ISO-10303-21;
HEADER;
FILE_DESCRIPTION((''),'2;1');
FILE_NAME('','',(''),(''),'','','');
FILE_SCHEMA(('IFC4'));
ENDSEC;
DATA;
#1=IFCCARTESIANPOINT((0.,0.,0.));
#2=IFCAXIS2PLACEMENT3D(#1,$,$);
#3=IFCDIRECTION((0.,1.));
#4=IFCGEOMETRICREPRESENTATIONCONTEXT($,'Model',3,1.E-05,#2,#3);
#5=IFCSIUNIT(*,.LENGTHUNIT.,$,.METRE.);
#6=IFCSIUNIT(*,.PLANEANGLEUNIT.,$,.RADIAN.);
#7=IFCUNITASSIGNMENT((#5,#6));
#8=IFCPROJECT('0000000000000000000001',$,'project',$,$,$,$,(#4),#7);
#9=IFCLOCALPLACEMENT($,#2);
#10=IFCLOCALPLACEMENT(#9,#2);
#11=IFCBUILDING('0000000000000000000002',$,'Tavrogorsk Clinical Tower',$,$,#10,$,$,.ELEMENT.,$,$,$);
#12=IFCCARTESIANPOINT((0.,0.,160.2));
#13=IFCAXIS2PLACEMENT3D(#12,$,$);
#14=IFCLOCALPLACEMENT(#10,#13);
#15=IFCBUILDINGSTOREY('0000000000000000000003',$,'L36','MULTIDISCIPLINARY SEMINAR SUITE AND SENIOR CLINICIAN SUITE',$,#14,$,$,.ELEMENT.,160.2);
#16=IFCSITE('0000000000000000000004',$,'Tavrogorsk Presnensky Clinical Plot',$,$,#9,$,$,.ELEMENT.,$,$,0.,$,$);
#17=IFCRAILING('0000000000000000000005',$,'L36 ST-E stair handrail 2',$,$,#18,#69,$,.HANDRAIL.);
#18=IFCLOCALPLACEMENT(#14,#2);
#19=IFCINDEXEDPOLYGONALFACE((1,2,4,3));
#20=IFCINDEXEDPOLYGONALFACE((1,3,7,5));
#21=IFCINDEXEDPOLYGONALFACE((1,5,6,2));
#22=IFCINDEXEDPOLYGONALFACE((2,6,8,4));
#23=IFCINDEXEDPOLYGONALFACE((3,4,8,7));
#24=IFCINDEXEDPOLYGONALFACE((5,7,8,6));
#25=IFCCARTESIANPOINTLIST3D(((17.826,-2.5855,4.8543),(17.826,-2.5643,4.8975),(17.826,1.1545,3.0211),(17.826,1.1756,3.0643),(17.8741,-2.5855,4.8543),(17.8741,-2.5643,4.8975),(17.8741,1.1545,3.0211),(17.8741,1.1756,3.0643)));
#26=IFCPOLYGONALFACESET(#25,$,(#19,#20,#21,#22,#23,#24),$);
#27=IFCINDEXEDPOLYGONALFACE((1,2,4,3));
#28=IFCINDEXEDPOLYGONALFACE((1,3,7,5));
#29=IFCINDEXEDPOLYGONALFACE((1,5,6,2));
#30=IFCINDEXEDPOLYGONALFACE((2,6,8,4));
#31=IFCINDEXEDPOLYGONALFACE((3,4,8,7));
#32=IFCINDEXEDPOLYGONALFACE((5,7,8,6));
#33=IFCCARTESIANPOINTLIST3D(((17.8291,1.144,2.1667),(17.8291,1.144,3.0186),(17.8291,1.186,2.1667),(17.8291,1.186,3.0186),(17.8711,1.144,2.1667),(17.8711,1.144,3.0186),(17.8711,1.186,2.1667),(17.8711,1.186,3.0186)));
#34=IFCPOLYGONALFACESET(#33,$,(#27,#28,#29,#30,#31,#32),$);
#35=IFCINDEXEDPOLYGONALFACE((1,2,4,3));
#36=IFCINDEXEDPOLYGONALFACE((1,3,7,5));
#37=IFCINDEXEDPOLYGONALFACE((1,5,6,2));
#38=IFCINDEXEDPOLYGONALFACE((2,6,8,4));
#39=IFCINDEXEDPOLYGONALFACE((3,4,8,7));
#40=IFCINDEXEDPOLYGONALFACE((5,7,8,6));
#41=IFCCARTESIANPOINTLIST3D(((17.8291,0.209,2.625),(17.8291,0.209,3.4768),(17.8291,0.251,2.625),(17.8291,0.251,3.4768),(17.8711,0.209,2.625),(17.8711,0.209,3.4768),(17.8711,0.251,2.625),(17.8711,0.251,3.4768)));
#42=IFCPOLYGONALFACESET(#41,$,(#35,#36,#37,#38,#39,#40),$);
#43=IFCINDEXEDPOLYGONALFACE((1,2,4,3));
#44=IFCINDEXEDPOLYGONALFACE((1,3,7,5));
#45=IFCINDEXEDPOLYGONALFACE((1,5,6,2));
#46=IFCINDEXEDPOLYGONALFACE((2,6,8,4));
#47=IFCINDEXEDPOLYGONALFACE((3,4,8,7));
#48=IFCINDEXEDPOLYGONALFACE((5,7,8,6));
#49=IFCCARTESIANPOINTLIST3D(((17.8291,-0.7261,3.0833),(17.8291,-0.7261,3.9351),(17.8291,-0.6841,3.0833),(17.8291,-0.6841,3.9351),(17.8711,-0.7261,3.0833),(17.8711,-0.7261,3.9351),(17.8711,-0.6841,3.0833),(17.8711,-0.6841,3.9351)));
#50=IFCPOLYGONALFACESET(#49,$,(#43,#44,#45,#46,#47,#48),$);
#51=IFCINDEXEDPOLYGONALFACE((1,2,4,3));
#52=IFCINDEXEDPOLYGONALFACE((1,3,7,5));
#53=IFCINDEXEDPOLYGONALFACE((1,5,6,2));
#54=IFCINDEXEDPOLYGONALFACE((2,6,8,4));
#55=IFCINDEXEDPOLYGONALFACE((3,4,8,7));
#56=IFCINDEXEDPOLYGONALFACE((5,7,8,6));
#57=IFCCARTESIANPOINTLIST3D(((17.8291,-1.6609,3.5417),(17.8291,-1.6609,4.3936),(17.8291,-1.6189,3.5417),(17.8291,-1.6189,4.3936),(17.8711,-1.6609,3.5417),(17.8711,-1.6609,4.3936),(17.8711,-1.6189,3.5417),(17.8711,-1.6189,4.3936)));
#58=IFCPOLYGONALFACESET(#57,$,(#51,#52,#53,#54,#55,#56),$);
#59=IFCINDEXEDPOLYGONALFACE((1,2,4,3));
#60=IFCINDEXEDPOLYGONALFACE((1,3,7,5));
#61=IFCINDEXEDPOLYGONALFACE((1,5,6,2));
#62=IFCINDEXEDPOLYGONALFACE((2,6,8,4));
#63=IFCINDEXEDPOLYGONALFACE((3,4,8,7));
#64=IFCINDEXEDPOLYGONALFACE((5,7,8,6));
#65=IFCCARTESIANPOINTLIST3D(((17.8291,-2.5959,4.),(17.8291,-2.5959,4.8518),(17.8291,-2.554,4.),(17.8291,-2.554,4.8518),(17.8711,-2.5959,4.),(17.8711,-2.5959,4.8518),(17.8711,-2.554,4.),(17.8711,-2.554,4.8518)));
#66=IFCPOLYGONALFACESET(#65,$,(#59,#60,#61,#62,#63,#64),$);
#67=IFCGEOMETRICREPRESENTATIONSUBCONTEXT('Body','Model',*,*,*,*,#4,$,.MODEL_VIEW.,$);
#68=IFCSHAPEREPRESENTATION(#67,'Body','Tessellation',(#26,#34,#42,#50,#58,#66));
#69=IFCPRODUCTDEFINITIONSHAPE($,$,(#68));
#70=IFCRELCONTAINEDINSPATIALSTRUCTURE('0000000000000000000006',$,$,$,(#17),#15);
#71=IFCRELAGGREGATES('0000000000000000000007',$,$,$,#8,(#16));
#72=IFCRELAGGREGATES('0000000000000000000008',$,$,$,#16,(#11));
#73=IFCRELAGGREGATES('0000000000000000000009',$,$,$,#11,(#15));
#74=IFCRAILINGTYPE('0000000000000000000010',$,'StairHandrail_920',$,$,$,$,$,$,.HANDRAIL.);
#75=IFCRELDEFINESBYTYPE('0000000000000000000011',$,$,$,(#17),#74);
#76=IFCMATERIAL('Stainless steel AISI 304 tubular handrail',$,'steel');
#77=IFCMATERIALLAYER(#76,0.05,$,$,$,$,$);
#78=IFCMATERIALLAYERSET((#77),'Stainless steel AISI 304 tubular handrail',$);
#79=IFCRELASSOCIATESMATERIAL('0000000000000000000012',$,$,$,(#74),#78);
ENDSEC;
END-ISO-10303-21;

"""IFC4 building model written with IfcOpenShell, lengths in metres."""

from ifc_helpers import new_model, si_unit, direction, frame, origin, origin_2d, place, context, subcontext, project, spatial, rectangle, extrude, material, layer, layer_set, type_object, element, save


model = new_model("IFC4")

# Units and contexts
model_context = context("Model", 3, precision=1e-05, world=origin(), true_north=direction((0.0, 1.0)))
body_context = subcontext(model_context, "Body", "Model", "MODEL_VIEW")
ifc_project = project(units=[si_unit("LENGTHUNIT", "METRE"), si_unit("PLANEANGLEUNIT", "RADIAN")], contexts=[model_context])

# Site, building, storey
site_placement = place(None, origin())
site = spatial("IfcSite", under=ifc_project, at=site_placement, Name="Tavrogorsk Presnensky Clinical Plot", CompositionType="ELEMENT", RefElevation=0.0)
building_placement = place(site_placement, origin())
building = spatial("IfcBuilding", under=site, at=building_placement, Name="Tavrogorsk Clinical Tower", CompositionType="ELEMENT")
storey_placement = place(building_placement, frame((0.0, 0.0, 160.2)))
storey = spatial("IfcBuildingStorey", under=building, at=storey_placement, Name="L36", Description="MULTIDISCIPLINARY SEMINAR SUITE AND SENIOR CLINICIAN SUITE", CompositionType="ELEMENT", Elevation=160.2)

# Railing
ifc_material_1 = material(Name="Stainless steel AISI 304 tubular handrail", Category="steel")
ifc_layer_1 = layer(ifc_material_1, 0.05)
ifc_layer_set_1 = layer_set([ifc_layer_1], Name="Stainless steel AISI 304 tubular handrail")
railing_type_1 = type_object("IfcRailingType", Name="StairHandrail_920", PredefinedType="HANDRAIL", material=ifc_layer_set_1)
railing_1_placement = place(storey_placement, frame((17.8501, 1.165, 2.1667)))
element("IfcRailing", 1, at=railing_1_placement, inside=storey, type_object=railing_type_1, Name="L36 ST-E stair handrail 2", PredefinedType="HANDRAIL", context=body_context, shape_type="SweptSolid", body=[
    extrude(rectangle(XDim=0.0481, YDim=0.0481, at=origin_2d()), frame((0.0, 0.0, 0.876), z_axis=(0.0, -0.897928, 0.440142), x_axis=(1.0, 0.0, 0.0)), (0.0, 0.0, 1.0), 4.165),
    extrude(rectangle(XDim=0.042, YDim=0.042, at=origin_2d()), origin(), (0.0, 0.0, 1.0), 0.8518),
    extrude(rectangle(XDim=0.042, YDim=0.042, at=origin_2d()), frame((0.0, -0.9351, 0.4583)), (0.0, 0.0, 1.0), 0.8518),
    extrude(rectangle(XDim=0.042, YDim=0.042, at=origin_2d()), frame((0.0, -1.8701, 0.9165)), (0.0, 0.0, 1.0), 0.8518),
    extrude(rectangle(XDim=0.042, YDim=0.042, at=origin_2d()), frame((0.0, -2.8049, 1.375)), (0.0, 0.0, 1.0), 0.8518),
    extrude(rectangle(XDim=0.042, YDim=0.042, at=origin_2d()), frame((0.0, -3.74, 1.8333)), (0.0, 0.0, 1.0), 0.8518),
])

save(model, "model.ifc")
